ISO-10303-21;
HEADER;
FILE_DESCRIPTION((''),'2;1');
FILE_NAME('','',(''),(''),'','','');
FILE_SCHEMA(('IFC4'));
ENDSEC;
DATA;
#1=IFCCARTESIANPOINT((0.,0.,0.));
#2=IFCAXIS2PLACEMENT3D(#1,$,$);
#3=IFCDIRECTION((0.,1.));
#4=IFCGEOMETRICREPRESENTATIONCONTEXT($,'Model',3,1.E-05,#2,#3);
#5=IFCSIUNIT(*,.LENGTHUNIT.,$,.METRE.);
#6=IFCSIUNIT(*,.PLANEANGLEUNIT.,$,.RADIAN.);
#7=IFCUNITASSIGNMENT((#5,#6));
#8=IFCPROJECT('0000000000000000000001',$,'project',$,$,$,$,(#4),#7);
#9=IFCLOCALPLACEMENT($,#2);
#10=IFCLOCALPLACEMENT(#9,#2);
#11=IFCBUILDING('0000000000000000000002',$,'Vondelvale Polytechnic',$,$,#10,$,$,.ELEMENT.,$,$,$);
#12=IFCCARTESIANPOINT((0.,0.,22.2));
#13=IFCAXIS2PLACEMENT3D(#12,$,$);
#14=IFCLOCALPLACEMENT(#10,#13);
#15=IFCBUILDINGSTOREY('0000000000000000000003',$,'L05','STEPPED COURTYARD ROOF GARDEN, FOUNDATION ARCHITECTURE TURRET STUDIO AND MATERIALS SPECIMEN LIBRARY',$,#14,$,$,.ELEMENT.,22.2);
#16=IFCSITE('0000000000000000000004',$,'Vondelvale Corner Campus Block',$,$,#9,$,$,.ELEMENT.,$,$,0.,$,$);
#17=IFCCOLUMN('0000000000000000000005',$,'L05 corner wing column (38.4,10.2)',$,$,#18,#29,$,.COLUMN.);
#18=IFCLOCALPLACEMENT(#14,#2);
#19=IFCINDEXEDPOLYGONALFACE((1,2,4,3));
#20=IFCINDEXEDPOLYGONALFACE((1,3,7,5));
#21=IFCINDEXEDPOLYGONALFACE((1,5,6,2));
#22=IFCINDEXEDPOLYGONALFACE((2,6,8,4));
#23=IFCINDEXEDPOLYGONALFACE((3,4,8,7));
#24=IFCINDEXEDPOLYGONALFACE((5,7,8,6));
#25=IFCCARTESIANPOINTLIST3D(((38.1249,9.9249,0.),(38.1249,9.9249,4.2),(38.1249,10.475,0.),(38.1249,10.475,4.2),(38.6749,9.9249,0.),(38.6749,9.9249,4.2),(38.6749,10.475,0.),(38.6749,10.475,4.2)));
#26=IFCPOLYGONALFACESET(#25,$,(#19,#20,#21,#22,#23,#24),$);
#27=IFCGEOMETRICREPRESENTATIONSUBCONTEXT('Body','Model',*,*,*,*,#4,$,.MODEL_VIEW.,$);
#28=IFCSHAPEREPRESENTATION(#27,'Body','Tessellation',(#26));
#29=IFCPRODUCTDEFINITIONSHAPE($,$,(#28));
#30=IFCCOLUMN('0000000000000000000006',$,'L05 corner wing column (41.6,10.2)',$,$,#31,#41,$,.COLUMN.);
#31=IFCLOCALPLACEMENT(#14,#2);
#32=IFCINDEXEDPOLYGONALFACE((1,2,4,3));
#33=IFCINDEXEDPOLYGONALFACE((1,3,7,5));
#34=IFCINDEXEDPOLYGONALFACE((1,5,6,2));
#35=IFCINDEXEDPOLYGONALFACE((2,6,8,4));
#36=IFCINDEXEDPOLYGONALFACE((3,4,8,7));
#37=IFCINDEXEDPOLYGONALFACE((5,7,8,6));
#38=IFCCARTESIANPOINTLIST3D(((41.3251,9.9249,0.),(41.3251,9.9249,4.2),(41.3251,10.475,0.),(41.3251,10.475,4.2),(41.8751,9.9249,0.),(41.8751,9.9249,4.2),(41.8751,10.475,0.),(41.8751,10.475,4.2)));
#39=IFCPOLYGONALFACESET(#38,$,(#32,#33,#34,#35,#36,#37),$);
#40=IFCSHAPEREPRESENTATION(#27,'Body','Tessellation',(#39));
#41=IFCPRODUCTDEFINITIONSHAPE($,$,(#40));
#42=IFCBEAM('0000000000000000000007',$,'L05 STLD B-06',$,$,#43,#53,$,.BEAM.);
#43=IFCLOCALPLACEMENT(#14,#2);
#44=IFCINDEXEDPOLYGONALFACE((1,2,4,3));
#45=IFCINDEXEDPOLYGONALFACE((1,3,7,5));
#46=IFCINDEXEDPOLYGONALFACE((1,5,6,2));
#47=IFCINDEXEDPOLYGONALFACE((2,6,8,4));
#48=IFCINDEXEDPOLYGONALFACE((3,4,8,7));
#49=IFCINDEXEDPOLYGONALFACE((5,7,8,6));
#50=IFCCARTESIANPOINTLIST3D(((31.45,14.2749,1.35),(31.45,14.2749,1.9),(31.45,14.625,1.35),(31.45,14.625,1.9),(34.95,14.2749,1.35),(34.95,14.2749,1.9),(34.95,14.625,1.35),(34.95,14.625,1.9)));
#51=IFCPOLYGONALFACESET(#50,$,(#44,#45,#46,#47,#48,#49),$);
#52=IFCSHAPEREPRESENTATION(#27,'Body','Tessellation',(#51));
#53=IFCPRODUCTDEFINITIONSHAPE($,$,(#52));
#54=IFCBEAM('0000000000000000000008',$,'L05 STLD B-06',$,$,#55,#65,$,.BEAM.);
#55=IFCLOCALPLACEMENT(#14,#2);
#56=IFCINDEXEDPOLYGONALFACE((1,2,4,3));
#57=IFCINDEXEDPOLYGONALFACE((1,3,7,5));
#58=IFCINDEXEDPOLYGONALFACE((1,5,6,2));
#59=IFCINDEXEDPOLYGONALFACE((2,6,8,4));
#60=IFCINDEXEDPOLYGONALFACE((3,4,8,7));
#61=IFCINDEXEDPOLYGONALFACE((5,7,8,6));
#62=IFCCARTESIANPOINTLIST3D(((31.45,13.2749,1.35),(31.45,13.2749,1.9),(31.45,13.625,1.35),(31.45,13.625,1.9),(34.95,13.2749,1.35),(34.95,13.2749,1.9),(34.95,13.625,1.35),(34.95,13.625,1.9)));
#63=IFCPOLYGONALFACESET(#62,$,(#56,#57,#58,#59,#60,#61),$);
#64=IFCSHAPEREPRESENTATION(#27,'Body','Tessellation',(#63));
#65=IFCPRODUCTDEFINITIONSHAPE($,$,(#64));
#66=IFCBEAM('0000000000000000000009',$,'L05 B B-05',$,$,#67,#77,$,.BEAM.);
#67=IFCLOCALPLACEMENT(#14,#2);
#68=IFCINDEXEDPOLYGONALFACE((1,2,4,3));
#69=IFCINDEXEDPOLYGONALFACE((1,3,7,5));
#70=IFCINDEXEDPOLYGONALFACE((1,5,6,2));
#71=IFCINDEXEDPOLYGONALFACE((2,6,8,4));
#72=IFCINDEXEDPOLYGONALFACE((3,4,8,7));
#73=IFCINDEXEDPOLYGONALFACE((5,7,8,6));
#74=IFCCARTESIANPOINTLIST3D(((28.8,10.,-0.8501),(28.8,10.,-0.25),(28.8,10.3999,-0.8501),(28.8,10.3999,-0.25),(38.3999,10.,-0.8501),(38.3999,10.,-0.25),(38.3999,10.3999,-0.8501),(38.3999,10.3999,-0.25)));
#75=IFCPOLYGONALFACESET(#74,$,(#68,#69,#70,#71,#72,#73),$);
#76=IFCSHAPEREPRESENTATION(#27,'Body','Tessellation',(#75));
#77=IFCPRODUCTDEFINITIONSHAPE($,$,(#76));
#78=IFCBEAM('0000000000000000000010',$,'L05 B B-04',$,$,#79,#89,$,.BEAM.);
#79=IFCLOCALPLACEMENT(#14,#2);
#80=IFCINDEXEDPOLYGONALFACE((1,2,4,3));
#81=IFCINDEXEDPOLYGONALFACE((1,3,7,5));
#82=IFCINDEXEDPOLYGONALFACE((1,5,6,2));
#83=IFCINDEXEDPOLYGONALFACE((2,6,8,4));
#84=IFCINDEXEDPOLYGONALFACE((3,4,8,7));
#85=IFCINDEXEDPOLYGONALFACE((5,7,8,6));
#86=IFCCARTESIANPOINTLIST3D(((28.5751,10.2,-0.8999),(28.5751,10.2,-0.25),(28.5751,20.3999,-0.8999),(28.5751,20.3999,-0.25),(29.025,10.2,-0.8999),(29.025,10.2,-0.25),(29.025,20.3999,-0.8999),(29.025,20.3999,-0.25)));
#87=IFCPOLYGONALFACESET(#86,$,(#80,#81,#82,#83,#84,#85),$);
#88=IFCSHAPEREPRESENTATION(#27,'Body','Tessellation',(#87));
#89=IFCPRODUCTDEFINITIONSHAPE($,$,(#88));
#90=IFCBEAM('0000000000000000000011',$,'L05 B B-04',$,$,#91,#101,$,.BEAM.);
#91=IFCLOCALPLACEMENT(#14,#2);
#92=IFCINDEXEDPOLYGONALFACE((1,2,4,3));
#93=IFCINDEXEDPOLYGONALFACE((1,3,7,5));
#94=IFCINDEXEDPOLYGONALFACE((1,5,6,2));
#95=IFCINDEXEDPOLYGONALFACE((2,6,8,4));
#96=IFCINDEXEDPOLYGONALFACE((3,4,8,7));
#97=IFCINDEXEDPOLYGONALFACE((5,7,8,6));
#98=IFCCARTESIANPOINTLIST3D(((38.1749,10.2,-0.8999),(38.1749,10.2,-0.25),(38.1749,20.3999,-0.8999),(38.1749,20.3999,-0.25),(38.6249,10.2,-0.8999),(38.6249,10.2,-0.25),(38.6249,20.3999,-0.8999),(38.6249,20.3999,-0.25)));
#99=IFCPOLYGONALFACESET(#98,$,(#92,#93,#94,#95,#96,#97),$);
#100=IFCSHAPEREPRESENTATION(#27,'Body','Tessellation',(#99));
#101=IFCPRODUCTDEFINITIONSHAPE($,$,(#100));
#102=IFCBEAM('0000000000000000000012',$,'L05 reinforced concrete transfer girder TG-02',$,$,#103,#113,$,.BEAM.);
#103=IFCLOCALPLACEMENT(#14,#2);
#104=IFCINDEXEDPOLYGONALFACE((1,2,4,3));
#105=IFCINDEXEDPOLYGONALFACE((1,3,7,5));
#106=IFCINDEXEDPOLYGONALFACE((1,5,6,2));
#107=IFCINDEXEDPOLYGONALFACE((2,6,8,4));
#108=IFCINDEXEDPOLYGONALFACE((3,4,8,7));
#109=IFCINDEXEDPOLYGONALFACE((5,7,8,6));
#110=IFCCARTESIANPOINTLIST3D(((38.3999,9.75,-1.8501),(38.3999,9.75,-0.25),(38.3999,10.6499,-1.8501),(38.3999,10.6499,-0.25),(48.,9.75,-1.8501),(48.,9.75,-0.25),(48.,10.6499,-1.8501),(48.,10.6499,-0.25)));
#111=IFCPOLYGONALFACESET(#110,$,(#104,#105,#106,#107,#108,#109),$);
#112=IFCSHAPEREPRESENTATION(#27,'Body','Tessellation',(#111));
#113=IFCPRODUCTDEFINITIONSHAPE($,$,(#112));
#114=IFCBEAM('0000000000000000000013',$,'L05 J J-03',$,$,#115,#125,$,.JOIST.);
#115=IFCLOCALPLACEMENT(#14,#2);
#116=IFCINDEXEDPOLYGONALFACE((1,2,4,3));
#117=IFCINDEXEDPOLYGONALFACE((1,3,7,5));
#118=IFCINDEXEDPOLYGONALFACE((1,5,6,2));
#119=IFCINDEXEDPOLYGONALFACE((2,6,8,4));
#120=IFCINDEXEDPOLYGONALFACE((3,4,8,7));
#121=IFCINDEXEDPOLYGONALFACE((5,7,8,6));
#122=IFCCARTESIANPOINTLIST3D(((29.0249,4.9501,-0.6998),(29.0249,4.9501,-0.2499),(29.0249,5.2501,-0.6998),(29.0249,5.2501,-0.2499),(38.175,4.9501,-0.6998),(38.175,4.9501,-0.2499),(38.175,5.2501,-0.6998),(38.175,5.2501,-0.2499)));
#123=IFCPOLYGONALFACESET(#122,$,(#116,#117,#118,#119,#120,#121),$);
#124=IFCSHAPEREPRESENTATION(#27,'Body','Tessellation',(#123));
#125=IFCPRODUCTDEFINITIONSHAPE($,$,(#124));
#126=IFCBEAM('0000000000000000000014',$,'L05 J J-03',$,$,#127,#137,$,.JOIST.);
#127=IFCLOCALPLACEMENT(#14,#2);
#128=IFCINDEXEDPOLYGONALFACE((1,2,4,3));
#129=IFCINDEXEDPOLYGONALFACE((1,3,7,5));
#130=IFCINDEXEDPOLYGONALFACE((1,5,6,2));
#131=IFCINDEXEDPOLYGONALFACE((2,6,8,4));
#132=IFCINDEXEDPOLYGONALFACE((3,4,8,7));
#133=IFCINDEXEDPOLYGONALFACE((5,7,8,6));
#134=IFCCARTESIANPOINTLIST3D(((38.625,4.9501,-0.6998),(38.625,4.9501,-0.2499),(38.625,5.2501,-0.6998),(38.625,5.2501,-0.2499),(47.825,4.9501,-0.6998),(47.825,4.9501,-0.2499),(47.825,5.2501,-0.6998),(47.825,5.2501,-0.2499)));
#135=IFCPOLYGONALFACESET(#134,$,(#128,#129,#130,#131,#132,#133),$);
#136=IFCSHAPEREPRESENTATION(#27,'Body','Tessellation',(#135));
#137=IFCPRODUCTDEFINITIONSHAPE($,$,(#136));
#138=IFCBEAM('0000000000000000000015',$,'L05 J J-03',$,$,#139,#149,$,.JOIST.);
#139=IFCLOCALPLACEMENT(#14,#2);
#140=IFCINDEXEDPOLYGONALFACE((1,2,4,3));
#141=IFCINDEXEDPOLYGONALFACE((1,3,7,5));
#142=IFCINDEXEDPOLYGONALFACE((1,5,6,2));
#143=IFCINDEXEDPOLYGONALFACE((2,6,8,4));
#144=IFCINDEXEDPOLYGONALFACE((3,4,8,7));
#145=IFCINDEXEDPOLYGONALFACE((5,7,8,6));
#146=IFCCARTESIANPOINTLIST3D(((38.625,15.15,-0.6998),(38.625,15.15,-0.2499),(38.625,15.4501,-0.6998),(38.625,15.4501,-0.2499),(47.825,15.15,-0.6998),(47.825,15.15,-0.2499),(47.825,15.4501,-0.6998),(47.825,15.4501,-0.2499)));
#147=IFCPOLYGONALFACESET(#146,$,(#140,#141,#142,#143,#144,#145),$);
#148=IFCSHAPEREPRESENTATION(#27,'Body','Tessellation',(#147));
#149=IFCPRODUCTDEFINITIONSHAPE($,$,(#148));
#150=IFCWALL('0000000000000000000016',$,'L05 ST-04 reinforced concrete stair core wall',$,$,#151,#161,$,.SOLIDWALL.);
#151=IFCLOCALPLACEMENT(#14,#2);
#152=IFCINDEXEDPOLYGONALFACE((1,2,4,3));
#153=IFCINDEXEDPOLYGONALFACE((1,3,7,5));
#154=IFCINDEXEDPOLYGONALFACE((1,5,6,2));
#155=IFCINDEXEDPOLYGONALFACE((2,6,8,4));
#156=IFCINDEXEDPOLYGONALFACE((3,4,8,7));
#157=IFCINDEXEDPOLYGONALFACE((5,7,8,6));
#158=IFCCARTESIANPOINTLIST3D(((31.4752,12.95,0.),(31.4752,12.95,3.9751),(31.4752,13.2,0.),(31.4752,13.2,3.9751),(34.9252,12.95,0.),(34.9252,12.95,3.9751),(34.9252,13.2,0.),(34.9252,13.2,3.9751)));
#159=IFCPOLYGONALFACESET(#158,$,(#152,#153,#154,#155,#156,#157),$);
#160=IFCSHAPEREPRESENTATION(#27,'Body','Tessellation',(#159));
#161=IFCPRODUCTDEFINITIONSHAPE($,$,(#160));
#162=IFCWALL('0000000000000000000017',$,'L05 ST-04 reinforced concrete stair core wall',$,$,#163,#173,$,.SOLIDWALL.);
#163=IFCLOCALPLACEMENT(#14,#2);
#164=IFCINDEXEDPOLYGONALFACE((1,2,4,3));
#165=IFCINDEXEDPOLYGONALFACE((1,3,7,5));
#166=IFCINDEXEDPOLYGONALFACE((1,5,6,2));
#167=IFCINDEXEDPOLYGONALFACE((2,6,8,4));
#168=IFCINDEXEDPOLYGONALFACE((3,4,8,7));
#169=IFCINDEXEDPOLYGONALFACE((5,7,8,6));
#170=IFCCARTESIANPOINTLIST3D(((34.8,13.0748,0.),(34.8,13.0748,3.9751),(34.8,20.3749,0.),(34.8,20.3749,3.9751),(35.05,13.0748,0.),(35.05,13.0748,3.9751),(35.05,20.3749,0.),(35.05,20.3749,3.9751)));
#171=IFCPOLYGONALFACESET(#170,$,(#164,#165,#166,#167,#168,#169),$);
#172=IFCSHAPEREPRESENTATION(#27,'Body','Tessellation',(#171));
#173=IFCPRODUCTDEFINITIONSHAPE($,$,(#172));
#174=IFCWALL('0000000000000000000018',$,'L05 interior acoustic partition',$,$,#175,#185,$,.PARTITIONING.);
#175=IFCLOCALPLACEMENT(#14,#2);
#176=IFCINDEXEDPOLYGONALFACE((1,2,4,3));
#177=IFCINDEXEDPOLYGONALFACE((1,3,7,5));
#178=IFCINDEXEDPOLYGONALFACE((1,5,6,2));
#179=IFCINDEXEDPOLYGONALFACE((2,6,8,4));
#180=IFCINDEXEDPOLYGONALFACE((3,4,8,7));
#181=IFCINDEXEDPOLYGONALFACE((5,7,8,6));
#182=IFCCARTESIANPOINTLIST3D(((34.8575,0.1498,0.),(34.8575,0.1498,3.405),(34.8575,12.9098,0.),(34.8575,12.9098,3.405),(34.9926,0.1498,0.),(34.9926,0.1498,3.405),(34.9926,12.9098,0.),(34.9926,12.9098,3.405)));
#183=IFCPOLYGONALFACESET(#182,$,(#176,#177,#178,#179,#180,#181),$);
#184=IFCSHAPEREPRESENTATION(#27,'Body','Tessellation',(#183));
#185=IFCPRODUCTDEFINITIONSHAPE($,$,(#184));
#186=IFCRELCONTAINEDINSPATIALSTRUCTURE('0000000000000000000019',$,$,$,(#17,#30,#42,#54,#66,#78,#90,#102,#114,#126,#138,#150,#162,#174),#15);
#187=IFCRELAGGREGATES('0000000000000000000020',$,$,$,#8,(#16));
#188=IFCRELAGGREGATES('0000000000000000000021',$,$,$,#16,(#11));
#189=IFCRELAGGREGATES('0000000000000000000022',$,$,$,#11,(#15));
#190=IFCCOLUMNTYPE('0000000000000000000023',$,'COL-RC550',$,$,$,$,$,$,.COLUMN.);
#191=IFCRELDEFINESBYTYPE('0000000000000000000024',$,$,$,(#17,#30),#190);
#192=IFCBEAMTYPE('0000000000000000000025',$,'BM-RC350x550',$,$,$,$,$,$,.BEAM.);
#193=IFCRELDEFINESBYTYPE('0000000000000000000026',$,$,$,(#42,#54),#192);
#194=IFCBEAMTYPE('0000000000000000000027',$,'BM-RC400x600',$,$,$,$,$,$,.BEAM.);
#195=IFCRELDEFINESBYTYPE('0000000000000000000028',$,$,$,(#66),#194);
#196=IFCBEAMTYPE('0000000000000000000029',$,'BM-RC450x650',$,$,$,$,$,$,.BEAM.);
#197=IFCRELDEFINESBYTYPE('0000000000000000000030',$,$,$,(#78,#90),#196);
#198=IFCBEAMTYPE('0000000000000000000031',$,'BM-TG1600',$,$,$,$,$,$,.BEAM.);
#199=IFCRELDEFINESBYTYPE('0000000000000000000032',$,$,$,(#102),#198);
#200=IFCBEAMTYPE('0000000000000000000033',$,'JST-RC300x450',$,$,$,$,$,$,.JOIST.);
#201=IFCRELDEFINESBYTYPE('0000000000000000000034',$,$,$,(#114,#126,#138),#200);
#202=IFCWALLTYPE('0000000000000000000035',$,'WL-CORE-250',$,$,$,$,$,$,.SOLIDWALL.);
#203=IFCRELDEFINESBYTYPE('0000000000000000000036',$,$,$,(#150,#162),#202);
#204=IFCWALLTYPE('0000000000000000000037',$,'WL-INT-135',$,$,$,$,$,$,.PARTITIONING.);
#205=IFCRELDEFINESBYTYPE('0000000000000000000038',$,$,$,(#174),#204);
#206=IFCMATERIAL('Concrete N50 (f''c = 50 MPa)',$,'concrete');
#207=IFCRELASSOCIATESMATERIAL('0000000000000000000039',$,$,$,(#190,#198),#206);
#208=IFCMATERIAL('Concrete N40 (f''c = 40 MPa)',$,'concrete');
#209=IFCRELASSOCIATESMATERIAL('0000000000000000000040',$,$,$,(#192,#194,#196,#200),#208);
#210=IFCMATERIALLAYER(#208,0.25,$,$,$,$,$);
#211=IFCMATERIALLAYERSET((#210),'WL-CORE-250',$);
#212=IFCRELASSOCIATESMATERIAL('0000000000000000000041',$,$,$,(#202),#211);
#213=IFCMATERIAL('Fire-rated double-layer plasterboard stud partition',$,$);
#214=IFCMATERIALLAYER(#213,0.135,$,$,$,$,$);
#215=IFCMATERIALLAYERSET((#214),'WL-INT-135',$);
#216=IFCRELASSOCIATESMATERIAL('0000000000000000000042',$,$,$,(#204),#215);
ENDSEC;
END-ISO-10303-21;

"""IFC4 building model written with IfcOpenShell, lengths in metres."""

from ifc_helpers import new_model, si_unit, direction, frame, frame_2d, origin, origin_2d, place, context, subcontext, project, spatial, rectangle, extrude, material, layer, layer_set, material_profile, profile_set, type_object, element, save


model = new_model("IFC4")

# Units and contexts
model_context = context("Model", 3, precision=1e-05, world=origin(), true_north=direction((0.0, 1.0)))
body_context = subcontext(model_context, "Body", "Model", "MODEL_VIEW")
ifc_project = project(units=[si_unit("LENGTHUNIT", "METRE"), si_unit("PLANEANGLEUNIT", "RADIAN")], contexts=[model_context])

# Site, building, storey
site_placement = place(None, origin())
site = spatial("IfcSite", under=ifc_project, at=site_placement, Name="Vondelvale Corner Campus Block", CompositionType="ELEMENT", RefElevation=0.0)
building_placement = place(site_placement, origin())
building = spatial("IfcBuilding", under=site, at=building_placement, Name="Vondelvale Polytechnic", CompositionType="ELEMENT")
storey_placement = place(building_placement, frame((0.0, 0.0, 22.2)))
storey = spatial("IfcBuildingStorey", under=building, at=storey_placement, Name="L05", Description="STEPPED COURTYARD ROOF GARDEN, FOUNDATION ARCHITECTURE TURRET STUDIO AND MATERIALS SPECIMEN LIBRARY", CompositionType="ELEMENT", Elevation=22.2)

# Columns
ifc_material_1 = material(Name="Concrete N50 (f'c = 50 MPa)", Category="concrete")
ifc_material_profile_1 = material_profile(ifc_material_1, rectangle(XDim=0.55, YDim=0.55, at=origin_2d()), Name="RC-COL-550x550")
ifc_profile_set_1 = profile_set([ifc_material_profile_1], Name="Concrete N50 (f'c = 50 MPa)")
column_type = type_object("IfcColumnType", Name="COL-RC550", PredefinedType="COLUMN", material=ifc_profile_set_1)
for number, where, z_axis, x_axis, name in (
    (1, (38.3999, 10.2, 0.0), (0.0, 0.0, 1.0), (1.0, 0.0, 0.0), "L05 corner wing column (38.4,10.2)"),
    (2, (41.6001, 10.2, 0.0), (0.0, 0.0, 1.0), (1.0, 0.0, 0.0), "L05 corner wing column (41.6,10.2)"),
):
    element("IfcColumn", number, at=place(storey_placement, frame(where, z_axis=z_axis, x_axis=x_axis)), inside=storey, type_object=column_type, Name=name, PredefinedType="COLUMN", context=body_context, shape_type="SweptSolid", body=[
        extrude(rectangle(XDim=0.55, YDim=0.55, at=origin_2d()), origin(), (0.0, 0.0, 1.0), 4.2),
    ])

# Beams
ifc_material_2 = material(Name="Concrete N40 (f'c = 40 MPa)", Category="concrete")
ifc_material_profile_2 = material_profile(ifc_material_2, rectangle(XDim=0.3501, YDim=0.55, at=origin_2d()), Name="RC-BM-350x550")
ifc_profile_set_2 = profile_set([ifc_material_profile_2], Name="Concrete N40 (f'c = 40 MPa)")
beam_type_1 = type_object("IfcBeamType", Name="BM-RC350x550", PredefinedType="BEAM", material=ifc_profile_set_2)
for number, where, z_axis, x_axis, name in (
    (3, (31.45, 14.45, 1.625), (1.0, 0.0, 0.0), (0.0, 1.0, 0.0), "L05 STLD B-06"),
    (4, (31.45, 13.45, 1.625), (1.0, 0.0, 0.0), (0.0, 1.0, 0.0), "L05 STLD B-06"),
):
    element("IfcBeam", number, at=place(storey_placement, frame(where, z_axis=z_axis, x_axis=x_axis)), inside=storey, type_object=beam_type_1, Name=name, PredefinedType="BEAM", context=body_context, shape_type="SweptSolid", body=[
        extrude(rectangle(XDim=0.3501, YDim=0.55, at=origin_2d()), origin(), (0.0, 0.0, 1.0), 3.5),
    ])
ifc_material_profile_3 = material_profile(ifc_material_2, rectangle(XDim=0.3999, YDim=0.6001, at=origin_2d()), Name="RC-BM-400x600")
ifc_profile_set_3 = profile_set([ifc_material_profile_3], Name="Concrete N40 (f'c = 40 MPa)")
beam_type_2 = type_object("IfcBeamType", Name="BM-RC400x600", PredefinedType="BEAM", material=ifc_profile_set_3)
beam_1_placement = place(storey_placement, frame((28.8, 10.2, -0.55), z_axis=(1.0, 0.0, 0.0), x_axis=(0.0, 1.0, 0.0)))
element("IfcBeam", 5, at=beam_1_placement, inside=storey, type_object=beam_type_2, Name="L05 B B-05", PredefinedType="BEAM", context=body_context, shape_type="SweptSolid", body=[
    extrude(rectangle(XDim=0.3999, YDim=0.6001, at=origin_2d()), origin(), (0.0, 0.0, 1.0), 9.5999),
])
ifc_material_profile_4 = material_profile(ifc_material_2, rectangle(XDim=0.45, YDim=0.6499, at=origin_2d()), Name="RC-BM-450x650")
ifc_profile_set_4 = profile_set([ifc_material_profile_4], Name="Concrete N40 (f'c = 40 MPa)")
beam_type_3 = type_object("IfcBeamType", Name="BM-RC450x650", PredefinedType="BEAM", material=ifc_profile_set_4)
for number, where, z_axis, x_axis, name in (
    (6, (28.8, 10.2, -0.575), (0.0, 1.0, 0.0), (-1.0, 0.0, 0.0), "L05 B B-04"),
    (7, (38.3999, 10.2, -0.575), (0.0, 1.0, 0.0), (-1.0, 0.0, 0.0), "L05 B B-04"),
):
    element("IfcBeam", number, at=place(storey_placement, frame(where, z_axis=z_axis, x_axis=x_axis)), inside=storey, type_object=beam_type_3, Name=name, PredefinedType="BEAM", context=body_context, shape_type="SweptSolid", body=[
        extrude(rectangle(XDim=0.45, YDim=0.6499, at=origin_2d()), origin(), (0.0, 0.0, 1.0), 10.2),
    ])
ifc_material_profile_5 = material_profile(ifc_material_1, rectangle(XDim=0.8999, YDim=1.6001, at=origin_2d()), Name="RC-TG-900x1600")
ifc_profile_set_5 = profile_set([ifc_material_profile_5], Name="Concrete N50 (f'c = 50 MPa)")
beam_type_4 = type_object("IfcBeamType", Name="BM-TG1600", PredefinedType="BEAM", material=ifc_profile_set_5)
beam_2_placement = place(storey_placement, frame((38.3999, 10.2, -1.05), z_axis=(1.0, 0.0, 0.0), x_axis=(0.0, 1.0, 0.0)))
element("IfcBeam", 8, at=beam_2_placement, inside=storey, type_object=beam_type_4, Name="L05 reinforced concrete transfer girder TG-02", PredefinedType="BEAM", context=body_context, shape_type="SweptSolid", body=[
    extrude(rectangle(XDim=0.8999, YDim=1.6001, at=origin_2d()), origin(), (0.0, 0.0, 1.0), 9.6001),
])
ifc_material_profile_6 = material_profile(ifc_material_2, rectangle(XDim=0.3, YDim=0.45, at=origin_2d()), Name="RC-JST-300x450")
ifc_profile_set_6 = profile_set([ifc_material_profile_6], Name="Concrete N40 (f'c = 40 MPa)")
beam_type_5 = type_object("IfcBeamType", Name="JST-RC300x450", PredefinedType="JOIST", material=ifc_profile_set_6)
beam_3_placement = place(storey_placement, frame((29.0249, 5.1001, -0.4749), z_axis=(1.0, 0.0, 0.0), x_axis=(0.0, 1.0, 0.0)))
element("IfcBeam", 9, at=beam_3_placement, inside=storey, type_object=beam_type_5, Name="L05 J J-03", PredefinedType="JOIST", context=body_context, shape_type="SweptSolid", body=[
    extrude(rectangle(XDim=0.3, YDim=0.45, at=origin_2d()), origin(), (0.0, 0.0, 1.0), 9.1501),
])
for number, where, z_axis, x_axis, name in (
    (10, (38.625, 5.1001, -0.4749), (1.0, 0.0, 0.0), (0.0, 1.0, 0.0), "L05 J J-03"),
    (11, (38.625, 15.3, -0.4749), (1.0, 0.0, 0.0), (0.0, 1.0, 0.0), "L05 J J-03"),
):
    element("IfcBeam", number, at=place(storey_placement, frame(where, z_axis=z_axis, x_axis=x_axis)), inside=storey, type_object=beam_type_5, Name=name, PredefinedType="JOIST", context=body_context, shape_type="SweptSolid", body=[
        extrude(rectangle(XDim=0.3, YDim=0.45, at=origin_2d()), origin(), (0.0, 0.0, 1.0), 9.2),
    ])

# Walls
ifc_layer_1 = layer(ifc_material_2, 0.25)
ifc_layer_set_1 = layer_set([ifc_layer_1], Name="WL-CORE-250")
wall_type_1 = type_object("IfcWallType", Name="WL-CORE-250", PredefinedType="SOLIDWALL", material=ifc_layer_set_1)
wall_1_placement = place(storey_placement, frame((31.4751, 13.075, 0.0), z_axis=(0.0, 0.0, 1.0), x_axis=(1.0, 0.0, 0.0)))
element("IfcWall", 12, at=wall_1_placement, inside=storey, type_object=wall_type_1, Name="L05 ST-04 reinforced concrete stair core wall", PredefinedType="SOLIDWALL", context=body_context, shape_type="SweptSolid", body=[
    extrude(rectangle(XDim=3.45, YDim=0.25, at=frame_2d((1.7251, 0.0))), origin(), (0.0, 0.0, 1.0), 3.9751),
])
wall_2_placement = place(storey_placement, frame((34.925, 13.075, 0.0), z_axis=(0.0, 0.0, 1.0), x_axis=(0.0, 1.0, 0.0)))
element("IfcWall", 13, at=wall_2_placement, inside=storey, type_object=wall_type_1, Name="L05 ST-04 reinforced concrete stair core wall", PredefinedType="SOLIDWALL", context=body_context, shape_type="SweptSolid", body=[
    extrude(rectangle(XDim=7.3, YDim=0.25, at=frame_2d((3.6499, 0.0))), origin(), (0.0, 0.0, 1.0), 3.9751),
])
ifc_material_3 = material(Name="Fire-rated double-layer plasterboard stud partition")
ifc_layer_2 = layer(ifc_material_3, 0.135)
ifc_layer_set_2 = layer_set([ifc_layer_2], Name="WL-INT-135")
wall_type_2 = type_object("IfcWallType", Name="WL-INT-135", PredefinedType="PARTITIONING", material=ifc_layer_set_2)
wall_3_placement = place(storey_placement, frame((34.925, 0.1499, 0.0), z_axis=(0.0, 0.0, 1.0), x_axis=(0.0, 1.0, 0.0)))
element("IfcWall", 14, at=wall_3_placement, inside=storey, type_object=wall_type_2, Name="L05 interior acoustic partition", PredefinedType="PARTITIONING", context=body_context, shape_type="SweptSolid", body=[
    extrude(rectangle(XDim=12.76, YDim=0.135, at=frame_2d((6.3799, 0.0))), origin(), (0.0, 0.0, 1.0), 3.405),
])

save(model, "model.ifc")
